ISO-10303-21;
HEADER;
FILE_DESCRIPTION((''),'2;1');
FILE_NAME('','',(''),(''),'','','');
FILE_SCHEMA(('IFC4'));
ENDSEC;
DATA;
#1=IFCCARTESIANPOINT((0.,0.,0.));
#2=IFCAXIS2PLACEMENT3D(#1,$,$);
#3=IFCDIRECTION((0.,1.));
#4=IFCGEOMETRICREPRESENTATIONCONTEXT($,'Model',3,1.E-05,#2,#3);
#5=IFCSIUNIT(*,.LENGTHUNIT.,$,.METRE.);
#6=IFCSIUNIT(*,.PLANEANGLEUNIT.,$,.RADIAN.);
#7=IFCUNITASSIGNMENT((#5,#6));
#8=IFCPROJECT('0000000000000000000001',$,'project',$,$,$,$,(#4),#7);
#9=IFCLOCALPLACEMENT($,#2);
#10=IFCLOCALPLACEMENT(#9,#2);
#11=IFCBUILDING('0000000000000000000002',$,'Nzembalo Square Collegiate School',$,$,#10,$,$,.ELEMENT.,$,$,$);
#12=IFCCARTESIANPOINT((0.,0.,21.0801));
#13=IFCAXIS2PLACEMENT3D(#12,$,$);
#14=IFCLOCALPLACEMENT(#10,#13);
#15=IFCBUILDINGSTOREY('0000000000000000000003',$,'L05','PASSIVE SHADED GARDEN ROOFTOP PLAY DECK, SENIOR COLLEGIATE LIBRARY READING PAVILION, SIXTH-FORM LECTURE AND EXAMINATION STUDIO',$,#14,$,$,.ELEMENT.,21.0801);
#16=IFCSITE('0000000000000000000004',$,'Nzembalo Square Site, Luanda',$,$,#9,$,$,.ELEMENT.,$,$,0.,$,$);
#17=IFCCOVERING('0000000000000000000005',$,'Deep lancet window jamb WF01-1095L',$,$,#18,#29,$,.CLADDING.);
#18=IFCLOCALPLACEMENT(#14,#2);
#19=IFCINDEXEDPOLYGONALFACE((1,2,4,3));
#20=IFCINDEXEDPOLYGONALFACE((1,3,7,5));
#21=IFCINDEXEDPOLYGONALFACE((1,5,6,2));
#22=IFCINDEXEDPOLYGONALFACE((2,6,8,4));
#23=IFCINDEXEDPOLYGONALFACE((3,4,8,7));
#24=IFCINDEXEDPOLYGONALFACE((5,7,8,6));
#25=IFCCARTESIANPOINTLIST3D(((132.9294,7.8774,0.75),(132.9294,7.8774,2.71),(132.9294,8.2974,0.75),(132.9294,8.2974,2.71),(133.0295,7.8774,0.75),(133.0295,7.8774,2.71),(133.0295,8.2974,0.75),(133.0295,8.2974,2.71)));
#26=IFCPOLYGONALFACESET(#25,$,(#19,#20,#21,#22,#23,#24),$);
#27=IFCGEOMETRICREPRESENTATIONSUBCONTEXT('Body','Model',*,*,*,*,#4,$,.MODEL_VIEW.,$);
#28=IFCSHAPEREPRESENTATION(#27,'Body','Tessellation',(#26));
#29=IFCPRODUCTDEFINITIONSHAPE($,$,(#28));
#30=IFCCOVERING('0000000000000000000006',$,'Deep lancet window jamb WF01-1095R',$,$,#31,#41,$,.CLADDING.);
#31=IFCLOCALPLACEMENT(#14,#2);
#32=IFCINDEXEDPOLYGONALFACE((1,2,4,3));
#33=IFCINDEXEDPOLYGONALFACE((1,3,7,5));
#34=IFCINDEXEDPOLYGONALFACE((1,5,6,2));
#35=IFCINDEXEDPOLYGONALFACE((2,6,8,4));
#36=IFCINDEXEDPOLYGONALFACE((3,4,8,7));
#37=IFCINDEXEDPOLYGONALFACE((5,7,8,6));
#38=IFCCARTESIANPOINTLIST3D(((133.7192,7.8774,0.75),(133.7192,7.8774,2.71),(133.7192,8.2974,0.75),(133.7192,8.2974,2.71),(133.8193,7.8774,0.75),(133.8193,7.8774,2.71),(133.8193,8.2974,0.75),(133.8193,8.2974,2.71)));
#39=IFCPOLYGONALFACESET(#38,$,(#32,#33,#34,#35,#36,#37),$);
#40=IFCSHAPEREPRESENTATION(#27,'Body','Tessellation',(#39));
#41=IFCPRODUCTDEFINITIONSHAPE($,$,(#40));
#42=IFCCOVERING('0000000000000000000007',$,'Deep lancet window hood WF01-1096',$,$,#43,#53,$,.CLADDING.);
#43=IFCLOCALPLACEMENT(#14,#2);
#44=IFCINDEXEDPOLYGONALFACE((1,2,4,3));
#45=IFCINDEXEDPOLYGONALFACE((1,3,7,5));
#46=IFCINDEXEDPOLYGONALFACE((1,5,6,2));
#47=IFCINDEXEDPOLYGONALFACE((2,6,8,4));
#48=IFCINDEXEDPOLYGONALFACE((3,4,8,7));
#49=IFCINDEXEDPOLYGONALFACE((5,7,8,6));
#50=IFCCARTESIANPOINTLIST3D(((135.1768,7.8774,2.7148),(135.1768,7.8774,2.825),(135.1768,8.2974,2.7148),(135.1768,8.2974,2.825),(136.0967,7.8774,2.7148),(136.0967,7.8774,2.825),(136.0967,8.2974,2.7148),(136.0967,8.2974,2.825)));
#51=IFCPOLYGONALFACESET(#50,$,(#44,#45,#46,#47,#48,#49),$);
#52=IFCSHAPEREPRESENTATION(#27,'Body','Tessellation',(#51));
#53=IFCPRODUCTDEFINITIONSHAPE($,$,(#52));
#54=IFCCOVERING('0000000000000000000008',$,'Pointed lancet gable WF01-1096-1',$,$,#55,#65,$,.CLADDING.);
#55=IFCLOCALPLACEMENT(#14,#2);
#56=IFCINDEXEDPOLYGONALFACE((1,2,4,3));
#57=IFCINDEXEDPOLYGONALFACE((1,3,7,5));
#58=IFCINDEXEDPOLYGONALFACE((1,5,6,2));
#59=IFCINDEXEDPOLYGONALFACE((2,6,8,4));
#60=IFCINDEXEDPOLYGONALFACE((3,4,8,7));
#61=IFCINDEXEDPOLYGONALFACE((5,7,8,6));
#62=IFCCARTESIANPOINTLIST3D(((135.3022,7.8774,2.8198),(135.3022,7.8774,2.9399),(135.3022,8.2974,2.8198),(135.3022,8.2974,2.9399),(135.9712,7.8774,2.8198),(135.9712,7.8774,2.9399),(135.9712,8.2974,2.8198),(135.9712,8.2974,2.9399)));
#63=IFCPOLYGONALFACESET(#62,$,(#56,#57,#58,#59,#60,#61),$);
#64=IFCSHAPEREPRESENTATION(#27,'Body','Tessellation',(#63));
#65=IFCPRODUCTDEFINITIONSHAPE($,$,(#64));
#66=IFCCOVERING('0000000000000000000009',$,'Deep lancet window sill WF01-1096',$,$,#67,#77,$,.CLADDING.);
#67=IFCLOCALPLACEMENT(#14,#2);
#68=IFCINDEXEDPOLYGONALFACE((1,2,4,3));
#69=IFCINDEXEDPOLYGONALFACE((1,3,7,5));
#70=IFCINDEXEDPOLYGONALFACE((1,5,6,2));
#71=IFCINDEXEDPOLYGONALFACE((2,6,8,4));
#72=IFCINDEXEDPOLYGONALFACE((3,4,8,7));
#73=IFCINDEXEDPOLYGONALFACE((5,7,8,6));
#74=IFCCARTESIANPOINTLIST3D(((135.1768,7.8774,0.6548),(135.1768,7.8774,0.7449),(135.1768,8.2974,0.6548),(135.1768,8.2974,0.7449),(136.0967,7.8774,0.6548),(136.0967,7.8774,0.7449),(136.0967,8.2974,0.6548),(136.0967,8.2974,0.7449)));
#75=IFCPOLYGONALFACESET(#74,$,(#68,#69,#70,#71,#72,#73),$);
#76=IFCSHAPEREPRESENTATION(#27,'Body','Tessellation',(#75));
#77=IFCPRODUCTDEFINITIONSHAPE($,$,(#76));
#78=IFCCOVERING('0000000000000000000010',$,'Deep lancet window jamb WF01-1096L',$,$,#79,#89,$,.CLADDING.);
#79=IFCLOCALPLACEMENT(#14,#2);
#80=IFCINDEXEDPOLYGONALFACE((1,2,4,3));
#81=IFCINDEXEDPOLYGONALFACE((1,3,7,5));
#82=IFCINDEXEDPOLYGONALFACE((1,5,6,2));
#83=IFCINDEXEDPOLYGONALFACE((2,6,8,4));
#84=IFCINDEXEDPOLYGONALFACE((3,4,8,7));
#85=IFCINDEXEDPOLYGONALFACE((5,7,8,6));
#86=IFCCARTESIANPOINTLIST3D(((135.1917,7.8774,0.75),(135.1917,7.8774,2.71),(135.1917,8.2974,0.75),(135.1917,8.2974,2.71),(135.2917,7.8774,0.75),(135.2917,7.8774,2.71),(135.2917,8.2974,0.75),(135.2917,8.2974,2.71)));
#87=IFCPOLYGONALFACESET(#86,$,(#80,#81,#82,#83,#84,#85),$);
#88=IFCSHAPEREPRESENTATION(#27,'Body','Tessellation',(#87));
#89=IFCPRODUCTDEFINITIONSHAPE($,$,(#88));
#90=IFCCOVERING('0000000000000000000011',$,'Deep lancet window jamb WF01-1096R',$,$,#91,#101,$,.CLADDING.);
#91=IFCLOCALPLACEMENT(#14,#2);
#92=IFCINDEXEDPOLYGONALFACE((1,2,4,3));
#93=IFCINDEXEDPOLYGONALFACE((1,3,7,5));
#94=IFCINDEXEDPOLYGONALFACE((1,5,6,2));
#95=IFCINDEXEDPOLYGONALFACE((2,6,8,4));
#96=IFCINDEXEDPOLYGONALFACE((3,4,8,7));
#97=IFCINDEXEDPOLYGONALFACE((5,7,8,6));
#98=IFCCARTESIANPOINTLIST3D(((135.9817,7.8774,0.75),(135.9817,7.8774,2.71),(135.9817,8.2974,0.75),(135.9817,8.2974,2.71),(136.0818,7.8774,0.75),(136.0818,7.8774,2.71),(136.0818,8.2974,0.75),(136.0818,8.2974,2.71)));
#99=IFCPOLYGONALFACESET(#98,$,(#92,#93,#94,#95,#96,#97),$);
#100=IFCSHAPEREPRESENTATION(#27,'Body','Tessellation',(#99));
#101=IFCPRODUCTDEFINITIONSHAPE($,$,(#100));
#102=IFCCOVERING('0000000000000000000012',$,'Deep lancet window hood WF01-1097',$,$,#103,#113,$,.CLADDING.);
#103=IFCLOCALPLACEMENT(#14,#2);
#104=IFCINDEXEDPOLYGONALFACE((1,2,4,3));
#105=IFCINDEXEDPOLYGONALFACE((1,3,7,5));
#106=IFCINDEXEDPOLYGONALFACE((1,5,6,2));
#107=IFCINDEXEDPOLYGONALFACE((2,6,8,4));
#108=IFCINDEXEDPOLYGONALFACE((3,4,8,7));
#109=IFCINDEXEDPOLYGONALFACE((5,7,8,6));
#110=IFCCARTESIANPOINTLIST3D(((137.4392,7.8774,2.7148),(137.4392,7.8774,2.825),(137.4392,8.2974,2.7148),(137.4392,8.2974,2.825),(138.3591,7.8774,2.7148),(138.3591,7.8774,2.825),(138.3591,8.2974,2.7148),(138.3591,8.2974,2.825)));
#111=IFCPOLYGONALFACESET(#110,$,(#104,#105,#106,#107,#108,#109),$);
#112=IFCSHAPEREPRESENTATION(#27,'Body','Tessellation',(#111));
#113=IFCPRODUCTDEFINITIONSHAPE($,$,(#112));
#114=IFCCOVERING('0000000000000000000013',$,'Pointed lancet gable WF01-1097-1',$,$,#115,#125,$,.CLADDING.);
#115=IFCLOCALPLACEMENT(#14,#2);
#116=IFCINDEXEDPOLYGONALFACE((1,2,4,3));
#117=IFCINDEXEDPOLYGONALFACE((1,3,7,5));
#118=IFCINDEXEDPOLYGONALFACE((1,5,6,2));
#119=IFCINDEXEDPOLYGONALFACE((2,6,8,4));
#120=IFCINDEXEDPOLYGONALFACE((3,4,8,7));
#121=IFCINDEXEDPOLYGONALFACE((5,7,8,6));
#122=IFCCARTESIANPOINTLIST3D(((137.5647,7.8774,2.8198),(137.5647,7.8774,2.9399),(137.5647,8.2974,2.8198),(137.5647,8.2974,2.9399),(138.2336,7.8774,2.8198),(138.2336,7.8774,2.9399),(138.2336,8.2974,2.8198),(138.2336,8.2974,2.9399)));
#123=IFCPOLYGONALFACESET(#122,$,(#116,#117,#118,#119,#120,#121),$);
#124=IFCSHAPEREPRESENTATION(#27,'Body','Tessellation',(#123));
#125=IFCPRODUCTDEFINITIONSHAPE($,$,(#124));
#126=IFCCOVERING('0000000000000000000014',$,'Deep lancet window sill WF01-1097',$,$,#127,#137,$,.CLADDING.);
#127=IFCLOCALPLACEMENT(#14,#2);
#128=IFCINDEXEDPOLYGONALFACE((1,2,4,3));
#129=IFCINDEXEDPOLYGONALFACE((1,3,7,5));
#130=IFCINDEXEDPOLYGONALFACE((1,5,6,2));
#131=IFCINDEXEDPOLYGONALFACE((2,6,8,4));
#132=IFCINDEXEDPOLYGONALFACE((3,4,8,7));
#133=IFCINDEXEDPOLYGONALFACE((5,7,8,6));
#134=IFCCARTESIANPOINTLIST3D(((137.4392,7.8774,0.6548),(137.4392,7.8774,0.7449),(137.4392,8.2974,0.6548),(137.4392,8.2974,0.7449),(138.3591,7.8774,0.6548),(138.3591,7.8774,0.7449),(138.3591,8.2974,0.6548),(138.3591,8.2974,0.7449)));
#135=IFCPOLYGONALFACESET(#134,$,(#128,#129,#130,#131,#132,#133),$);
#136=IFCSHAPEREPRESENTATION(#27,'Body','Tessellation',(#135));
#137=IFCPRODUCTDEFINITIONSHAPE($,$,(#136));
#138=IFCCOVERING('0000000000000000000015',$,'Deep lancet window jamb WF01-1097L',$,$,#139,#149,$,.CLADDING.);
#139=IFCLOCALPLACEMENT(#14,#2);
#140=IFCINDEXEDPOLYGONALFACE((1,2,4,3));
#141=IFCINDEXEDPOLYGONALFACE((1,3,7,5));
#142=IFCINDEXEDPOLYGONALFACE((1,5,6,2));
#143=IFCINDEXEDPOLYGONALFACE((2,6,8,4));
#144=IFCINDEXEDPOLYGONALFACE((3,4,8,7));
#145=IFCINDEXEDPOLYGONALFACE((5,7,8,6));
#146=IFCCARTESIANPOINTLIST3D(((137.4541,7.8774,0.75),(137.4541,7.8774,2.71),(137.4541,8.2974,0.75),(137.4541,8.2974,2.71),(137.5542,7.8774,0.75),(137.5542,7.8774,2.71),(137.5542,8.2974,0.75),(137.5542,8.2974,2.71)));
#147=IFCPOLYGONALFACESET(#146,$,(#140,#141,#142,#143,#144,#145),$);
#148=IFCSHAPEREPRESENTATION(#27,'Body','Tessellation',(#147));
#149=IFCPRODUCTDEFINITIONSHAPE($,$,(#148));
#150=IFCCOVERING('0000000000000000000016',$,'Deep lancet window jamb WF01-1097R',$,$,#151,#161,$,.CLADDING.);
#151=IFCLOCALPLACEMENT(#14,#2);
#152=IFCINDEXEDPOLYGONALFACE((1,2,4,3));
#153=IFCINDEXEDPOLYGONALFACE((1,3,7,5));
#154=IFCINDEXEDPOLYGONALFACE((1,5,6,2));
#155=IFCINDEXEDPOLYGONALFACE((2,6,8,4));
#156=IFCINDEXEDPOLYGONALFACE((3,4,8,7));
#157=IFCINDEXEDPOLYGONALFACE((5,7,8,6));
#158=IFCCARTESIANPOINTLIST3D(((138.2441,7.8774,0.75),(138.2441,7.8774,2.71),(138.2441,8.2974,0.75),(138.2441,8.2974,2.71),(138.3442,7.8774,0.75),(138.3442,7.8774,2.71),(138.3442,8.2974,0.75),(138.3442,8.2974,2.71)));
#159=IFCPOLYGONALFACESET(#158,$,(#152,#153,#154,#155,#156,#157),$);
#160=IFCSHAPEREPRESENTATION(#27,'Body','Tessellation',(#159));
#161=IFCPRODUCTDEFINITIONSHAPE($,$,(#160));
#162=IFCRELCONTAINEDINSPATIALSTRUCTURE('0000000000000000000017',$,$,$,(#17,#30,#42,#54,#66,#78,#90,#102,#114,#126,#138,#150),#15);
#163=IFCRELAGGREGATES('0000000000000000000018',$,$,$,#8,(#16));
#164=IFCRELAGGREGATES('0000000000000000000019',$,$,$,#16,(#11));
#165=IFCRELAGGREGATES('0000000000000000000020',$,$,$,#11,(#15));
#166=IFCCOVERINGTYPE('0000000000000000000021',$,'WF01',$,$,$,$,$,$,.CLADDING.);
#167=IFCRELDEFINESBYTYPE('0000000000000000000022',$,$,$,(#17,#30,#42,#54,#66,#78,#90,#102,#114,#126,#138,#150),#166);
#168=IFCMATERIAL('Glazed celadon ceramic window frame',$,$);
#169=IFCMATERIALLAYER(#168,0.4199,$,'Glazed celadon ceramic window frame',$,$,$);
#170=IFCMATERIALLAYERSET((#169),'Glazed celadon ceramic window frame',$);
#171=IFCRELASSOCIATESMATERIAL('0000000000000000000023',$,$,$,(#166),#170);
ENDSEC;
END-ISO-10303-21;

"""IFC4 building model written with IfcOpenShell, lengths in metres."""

from ifc_helpers import new_model, si_unit, direction, frame, origin, origin_2d, place, context, subcontext, project, spatial, rectangle, extrude, material, layer, layer_set, type_object, element, save


model = new_model("IFC4")

# Units and contexts
model_context = context("Model", 3, precision=1e-05, world=origin(), true_north=direction((0.0, 1.0)))
body_context = subcontext(model_context, "Body", "Model", "MODEL_VIEW")
ifc_project = project(units=[si_unit("LENGTHUNIT", "METRE"), si_unit("PLANEANGLEUNIT", "RADIAN")], contexts=[model_context])

# Site, building, storey
site_placement = place(None, origin())
site = spatial("IfcSite", under=ifc_project, at=site_placement, Name="Nzembalo Square Site, Luanda", CompositionType="ELEMENT", RefElevation=0.0)
building_placement = place(site_placement, origin())
building = spatial("IfcBuilding", under=site, at=building_placement, Name="Nzembalo Square Collegiate School", CompositionType="ELEMENT")
storey_placement = place(building_placement, frame((0.0, 0.0, 21.0801)))
storey = spatial("IfcBuildingStorey", under=building, at=storey_placement, Name="L05", Description="PASSIVE SHADED GARDEN ROOFTOP PLAY DECK, SENIOR COLLEGIATE LIBRARY READING PAVILION, SIXTH-FORM LECTURE AND EXAMINATION STUDIO", CompositionType="ELEMENT", Elevation=21.0801)

# Coverings
ifc_material_1 = material(Name="Glazed celadon ceramic window frame")
ifc_layer_1 = layer(ifc_material_1, 0.4199, Name="Glazed celadon ceramic window frame")
ifc_layer_set_1 = layer_set([ifc_layer_1], Name="Glazed celadon ceramic window frame")
covering_type_1 = type_object("IfcCoveringType", Name="WF01", PredefinedType="CLADDING", material=ifc_layer_set_1)
for number, where, z_axis, x_axis, name in (
    (1, (132.9795, 8.0874, 0.75), (0.0, 0.0, 1.0), (1.0, 0.0, 0.0), "Deep lancet window jamb WF01-1095L"),
    (2, (133.7693, 8.0874, 0.75), (0.0, 0.0, 1.0), (1.0, 0.0, 0.0), "Deep lancet window jamb WF01-1095R"),
):
    element("IfcCovering", number, at=place(storey_placement, frame(where, z_axis=z_axis, x_axis=x_axis)), inside=storey, type_object=covering_type_1, Name=name, PredefinedType="CLADDING", context=body_context, shape_type="SweptSolid", body=[
        extrude(rectangle(XDim=0.1001, YDim=0.4199, at=origin_2d()), origin(), (0.0, 0.0, 1.0), 1.96),
    ])
covering_1_placement = place(storey_placement, frame((135.6367, 8.0874, 2.7148), z_axis=(0.0, 0.0, 1.0), x_axis=(1.0, 0.0, 0.0)))
element("IfcCovering", 3, at=covering_1_placement, inside=storey, type_object=covering_type_1, Name="Deep lancet window hood WF01-1096", PredefinedType="CLADDING", context=body_context, shape_type="SweptSolid", body=[
    extrude(rectangle(XDim=0.9199, YDim=0.4199, at=origin_2d()), origin(), (0.0, 0.0, 1.0), 0.1101),
])
covering_2_placement = place(storey_placement, frame((135.6367, 8.0874, 2.8198), z_axis=(0.0, 0.0, 1.0), x_axis=(1.0, 0.0, 0.0)))
element("IfcCovering", 4, at=covering_2_placement, inside=storey, type_object=covering_type_1, Name="Pointed lancet gable WF01-1096-1", PredefinedType="CLADDING", context=body_context, shape_type="SweptSolid", body=[
    extrude(rectangle(XDim=0.6689, YDim=0.4199, at=origin_2d()), origin(), (0.0, 0.0, 1.0), 0.1201),
])
covering_3_placement = place(storey_placement, frame((135.6367, 8.0874, 0.6548), z_axis=(0.0, 0.0, 1.0), x_axis=(1.0, 0.0, 0.0)))
element("IfcCovering", 5, at=covering_3_placement, inside=storey, type_object=covering_type_1, Name="Deep lancet window sill WF01-1096", PredefinedType="CLADDING", context=body_context, shape_type="SweptSolid", body=[
    extrude(rectangle(XDim=0.9199, YDim=0.4199, at=origin_2d()), origin(), (0.0, 0.0, 1.0), 0.0901),
])
for number, where, z_axis, x_axis, name in (
    (6, (135.2417, 8.0874, 0.75), (0.0, 0.0, 1.0), (1.0, 0.0, 0.0), "Deep lancet window jamb WF01-1096L"),
    (7, (136.0317, 8.0874, 0.75), (0.0, 0.0, 1.0), (1.0, 0.0, 0.0), "Deep lancet window jamb WF01-1096R"),
):
    element("IfcCovering", number, at=place(storey_placement, frame(where, z_axis=z_axis, x_axis=x_axis)), inside=storey, type_object=covering_type_1, Name=name, PredefinedType="CLADDING", context=body_context, shape_type="SweptSolid", body=[
        extrude(rectangle(XDim=0.1001, YDim=0.4199, at=origin_2d()), origin(), (0.0, 0.0, 1.0), 1.96),
    ])
covering_4_placement = place(storey_placement, frame((137.8992, 8.0874, 2.7148), z_axis=(0.0, 0.0, 1.0), x_axis=(1.0, 0.0, 0.0)))
element("IfcCovering", 8, at=covering_4_placement, inside=storey, type_object=covering_type_1, Name="Deep lancet window hood WF01-1097", PredefinedType="CLADDING", context=body_context, shape_type="SweptSolid", body=[
    extrude(rectangle(XDim=0.9199, YDim=0.4199, at=origin_2d()), origin(), (0.0, 0.0, 1.0), 0.1101),
])
covering_5_placement = place(storey_placement, frame((137.8992, 8.0874, 2.8198), z_axis=(0.0, 0.0, 1.0), x_axis=(1.0, 0.0, 0.0)))
element("IfcCovering", 9, at=covering_5_placement, inside=storey, type_object=covering_type_1, Name="Pointed lancet gable WF01-1097-1", PredefinedType="CLADDING", context=body_context, shape_type="SweptSolid", body=[
    extrude(rectangle(XDim=0.6689, YDim=0.4199, at=origin_2d()), origin(), (0.0, 0.0, 1.0), 0.1201),
])
covering_6_placement = place(storey_placement, frame((137.8992, 8.0874, 0.6548), z_axis=(0.0, 0.0, 1.0), x_axis=(1.0, 0.0, 0.0)))
element("IfcCovering", 10, at=covering_6_placement, inside=storey, type_object=covering_type_1, Name="Deep lancet window sill WF01-1097", PredefinedType="CLADDING", context=body_context, shape_type="SweptSolid", body=[
    extrude(rectangle(XDim=0.9199, YDim=0.4199, at=origin_2d()), origin(), (0.0, 0.0, 1.0), 0.0901),
])
for number, where, z_axis, x_axis, name in (
    (11, (137.5042, 8.0874, 0.75), (0.0, 0.0, 1.0), (1.0, 0.0, 0.0), "Deep lancet window jamb WF01-1097L"),
    (12, (138.2942, 8.0874, 0.75), (0.0, 0.0, 1.0), (1.0, 0.0, 0.0), "Deep lancet window jamb WF01-1097R"),
):
    element("IfcCovering", number, at=place(storey_placement, frame(where, z_axis=z_axis, x_axis=x_axis)), inside=storey, type_object=covering_type_1, Name=name, PredefinedType="CLADDING", context=body_context, shape_type="SweptSolid", body=[
        extrude(rectangle(XDim=0.1001, YDim=0.4199, at=origin_2d()), origin(), (0.0, 0.0, 1.0), 1.96),
    ])

save(model, "model.ifc")
